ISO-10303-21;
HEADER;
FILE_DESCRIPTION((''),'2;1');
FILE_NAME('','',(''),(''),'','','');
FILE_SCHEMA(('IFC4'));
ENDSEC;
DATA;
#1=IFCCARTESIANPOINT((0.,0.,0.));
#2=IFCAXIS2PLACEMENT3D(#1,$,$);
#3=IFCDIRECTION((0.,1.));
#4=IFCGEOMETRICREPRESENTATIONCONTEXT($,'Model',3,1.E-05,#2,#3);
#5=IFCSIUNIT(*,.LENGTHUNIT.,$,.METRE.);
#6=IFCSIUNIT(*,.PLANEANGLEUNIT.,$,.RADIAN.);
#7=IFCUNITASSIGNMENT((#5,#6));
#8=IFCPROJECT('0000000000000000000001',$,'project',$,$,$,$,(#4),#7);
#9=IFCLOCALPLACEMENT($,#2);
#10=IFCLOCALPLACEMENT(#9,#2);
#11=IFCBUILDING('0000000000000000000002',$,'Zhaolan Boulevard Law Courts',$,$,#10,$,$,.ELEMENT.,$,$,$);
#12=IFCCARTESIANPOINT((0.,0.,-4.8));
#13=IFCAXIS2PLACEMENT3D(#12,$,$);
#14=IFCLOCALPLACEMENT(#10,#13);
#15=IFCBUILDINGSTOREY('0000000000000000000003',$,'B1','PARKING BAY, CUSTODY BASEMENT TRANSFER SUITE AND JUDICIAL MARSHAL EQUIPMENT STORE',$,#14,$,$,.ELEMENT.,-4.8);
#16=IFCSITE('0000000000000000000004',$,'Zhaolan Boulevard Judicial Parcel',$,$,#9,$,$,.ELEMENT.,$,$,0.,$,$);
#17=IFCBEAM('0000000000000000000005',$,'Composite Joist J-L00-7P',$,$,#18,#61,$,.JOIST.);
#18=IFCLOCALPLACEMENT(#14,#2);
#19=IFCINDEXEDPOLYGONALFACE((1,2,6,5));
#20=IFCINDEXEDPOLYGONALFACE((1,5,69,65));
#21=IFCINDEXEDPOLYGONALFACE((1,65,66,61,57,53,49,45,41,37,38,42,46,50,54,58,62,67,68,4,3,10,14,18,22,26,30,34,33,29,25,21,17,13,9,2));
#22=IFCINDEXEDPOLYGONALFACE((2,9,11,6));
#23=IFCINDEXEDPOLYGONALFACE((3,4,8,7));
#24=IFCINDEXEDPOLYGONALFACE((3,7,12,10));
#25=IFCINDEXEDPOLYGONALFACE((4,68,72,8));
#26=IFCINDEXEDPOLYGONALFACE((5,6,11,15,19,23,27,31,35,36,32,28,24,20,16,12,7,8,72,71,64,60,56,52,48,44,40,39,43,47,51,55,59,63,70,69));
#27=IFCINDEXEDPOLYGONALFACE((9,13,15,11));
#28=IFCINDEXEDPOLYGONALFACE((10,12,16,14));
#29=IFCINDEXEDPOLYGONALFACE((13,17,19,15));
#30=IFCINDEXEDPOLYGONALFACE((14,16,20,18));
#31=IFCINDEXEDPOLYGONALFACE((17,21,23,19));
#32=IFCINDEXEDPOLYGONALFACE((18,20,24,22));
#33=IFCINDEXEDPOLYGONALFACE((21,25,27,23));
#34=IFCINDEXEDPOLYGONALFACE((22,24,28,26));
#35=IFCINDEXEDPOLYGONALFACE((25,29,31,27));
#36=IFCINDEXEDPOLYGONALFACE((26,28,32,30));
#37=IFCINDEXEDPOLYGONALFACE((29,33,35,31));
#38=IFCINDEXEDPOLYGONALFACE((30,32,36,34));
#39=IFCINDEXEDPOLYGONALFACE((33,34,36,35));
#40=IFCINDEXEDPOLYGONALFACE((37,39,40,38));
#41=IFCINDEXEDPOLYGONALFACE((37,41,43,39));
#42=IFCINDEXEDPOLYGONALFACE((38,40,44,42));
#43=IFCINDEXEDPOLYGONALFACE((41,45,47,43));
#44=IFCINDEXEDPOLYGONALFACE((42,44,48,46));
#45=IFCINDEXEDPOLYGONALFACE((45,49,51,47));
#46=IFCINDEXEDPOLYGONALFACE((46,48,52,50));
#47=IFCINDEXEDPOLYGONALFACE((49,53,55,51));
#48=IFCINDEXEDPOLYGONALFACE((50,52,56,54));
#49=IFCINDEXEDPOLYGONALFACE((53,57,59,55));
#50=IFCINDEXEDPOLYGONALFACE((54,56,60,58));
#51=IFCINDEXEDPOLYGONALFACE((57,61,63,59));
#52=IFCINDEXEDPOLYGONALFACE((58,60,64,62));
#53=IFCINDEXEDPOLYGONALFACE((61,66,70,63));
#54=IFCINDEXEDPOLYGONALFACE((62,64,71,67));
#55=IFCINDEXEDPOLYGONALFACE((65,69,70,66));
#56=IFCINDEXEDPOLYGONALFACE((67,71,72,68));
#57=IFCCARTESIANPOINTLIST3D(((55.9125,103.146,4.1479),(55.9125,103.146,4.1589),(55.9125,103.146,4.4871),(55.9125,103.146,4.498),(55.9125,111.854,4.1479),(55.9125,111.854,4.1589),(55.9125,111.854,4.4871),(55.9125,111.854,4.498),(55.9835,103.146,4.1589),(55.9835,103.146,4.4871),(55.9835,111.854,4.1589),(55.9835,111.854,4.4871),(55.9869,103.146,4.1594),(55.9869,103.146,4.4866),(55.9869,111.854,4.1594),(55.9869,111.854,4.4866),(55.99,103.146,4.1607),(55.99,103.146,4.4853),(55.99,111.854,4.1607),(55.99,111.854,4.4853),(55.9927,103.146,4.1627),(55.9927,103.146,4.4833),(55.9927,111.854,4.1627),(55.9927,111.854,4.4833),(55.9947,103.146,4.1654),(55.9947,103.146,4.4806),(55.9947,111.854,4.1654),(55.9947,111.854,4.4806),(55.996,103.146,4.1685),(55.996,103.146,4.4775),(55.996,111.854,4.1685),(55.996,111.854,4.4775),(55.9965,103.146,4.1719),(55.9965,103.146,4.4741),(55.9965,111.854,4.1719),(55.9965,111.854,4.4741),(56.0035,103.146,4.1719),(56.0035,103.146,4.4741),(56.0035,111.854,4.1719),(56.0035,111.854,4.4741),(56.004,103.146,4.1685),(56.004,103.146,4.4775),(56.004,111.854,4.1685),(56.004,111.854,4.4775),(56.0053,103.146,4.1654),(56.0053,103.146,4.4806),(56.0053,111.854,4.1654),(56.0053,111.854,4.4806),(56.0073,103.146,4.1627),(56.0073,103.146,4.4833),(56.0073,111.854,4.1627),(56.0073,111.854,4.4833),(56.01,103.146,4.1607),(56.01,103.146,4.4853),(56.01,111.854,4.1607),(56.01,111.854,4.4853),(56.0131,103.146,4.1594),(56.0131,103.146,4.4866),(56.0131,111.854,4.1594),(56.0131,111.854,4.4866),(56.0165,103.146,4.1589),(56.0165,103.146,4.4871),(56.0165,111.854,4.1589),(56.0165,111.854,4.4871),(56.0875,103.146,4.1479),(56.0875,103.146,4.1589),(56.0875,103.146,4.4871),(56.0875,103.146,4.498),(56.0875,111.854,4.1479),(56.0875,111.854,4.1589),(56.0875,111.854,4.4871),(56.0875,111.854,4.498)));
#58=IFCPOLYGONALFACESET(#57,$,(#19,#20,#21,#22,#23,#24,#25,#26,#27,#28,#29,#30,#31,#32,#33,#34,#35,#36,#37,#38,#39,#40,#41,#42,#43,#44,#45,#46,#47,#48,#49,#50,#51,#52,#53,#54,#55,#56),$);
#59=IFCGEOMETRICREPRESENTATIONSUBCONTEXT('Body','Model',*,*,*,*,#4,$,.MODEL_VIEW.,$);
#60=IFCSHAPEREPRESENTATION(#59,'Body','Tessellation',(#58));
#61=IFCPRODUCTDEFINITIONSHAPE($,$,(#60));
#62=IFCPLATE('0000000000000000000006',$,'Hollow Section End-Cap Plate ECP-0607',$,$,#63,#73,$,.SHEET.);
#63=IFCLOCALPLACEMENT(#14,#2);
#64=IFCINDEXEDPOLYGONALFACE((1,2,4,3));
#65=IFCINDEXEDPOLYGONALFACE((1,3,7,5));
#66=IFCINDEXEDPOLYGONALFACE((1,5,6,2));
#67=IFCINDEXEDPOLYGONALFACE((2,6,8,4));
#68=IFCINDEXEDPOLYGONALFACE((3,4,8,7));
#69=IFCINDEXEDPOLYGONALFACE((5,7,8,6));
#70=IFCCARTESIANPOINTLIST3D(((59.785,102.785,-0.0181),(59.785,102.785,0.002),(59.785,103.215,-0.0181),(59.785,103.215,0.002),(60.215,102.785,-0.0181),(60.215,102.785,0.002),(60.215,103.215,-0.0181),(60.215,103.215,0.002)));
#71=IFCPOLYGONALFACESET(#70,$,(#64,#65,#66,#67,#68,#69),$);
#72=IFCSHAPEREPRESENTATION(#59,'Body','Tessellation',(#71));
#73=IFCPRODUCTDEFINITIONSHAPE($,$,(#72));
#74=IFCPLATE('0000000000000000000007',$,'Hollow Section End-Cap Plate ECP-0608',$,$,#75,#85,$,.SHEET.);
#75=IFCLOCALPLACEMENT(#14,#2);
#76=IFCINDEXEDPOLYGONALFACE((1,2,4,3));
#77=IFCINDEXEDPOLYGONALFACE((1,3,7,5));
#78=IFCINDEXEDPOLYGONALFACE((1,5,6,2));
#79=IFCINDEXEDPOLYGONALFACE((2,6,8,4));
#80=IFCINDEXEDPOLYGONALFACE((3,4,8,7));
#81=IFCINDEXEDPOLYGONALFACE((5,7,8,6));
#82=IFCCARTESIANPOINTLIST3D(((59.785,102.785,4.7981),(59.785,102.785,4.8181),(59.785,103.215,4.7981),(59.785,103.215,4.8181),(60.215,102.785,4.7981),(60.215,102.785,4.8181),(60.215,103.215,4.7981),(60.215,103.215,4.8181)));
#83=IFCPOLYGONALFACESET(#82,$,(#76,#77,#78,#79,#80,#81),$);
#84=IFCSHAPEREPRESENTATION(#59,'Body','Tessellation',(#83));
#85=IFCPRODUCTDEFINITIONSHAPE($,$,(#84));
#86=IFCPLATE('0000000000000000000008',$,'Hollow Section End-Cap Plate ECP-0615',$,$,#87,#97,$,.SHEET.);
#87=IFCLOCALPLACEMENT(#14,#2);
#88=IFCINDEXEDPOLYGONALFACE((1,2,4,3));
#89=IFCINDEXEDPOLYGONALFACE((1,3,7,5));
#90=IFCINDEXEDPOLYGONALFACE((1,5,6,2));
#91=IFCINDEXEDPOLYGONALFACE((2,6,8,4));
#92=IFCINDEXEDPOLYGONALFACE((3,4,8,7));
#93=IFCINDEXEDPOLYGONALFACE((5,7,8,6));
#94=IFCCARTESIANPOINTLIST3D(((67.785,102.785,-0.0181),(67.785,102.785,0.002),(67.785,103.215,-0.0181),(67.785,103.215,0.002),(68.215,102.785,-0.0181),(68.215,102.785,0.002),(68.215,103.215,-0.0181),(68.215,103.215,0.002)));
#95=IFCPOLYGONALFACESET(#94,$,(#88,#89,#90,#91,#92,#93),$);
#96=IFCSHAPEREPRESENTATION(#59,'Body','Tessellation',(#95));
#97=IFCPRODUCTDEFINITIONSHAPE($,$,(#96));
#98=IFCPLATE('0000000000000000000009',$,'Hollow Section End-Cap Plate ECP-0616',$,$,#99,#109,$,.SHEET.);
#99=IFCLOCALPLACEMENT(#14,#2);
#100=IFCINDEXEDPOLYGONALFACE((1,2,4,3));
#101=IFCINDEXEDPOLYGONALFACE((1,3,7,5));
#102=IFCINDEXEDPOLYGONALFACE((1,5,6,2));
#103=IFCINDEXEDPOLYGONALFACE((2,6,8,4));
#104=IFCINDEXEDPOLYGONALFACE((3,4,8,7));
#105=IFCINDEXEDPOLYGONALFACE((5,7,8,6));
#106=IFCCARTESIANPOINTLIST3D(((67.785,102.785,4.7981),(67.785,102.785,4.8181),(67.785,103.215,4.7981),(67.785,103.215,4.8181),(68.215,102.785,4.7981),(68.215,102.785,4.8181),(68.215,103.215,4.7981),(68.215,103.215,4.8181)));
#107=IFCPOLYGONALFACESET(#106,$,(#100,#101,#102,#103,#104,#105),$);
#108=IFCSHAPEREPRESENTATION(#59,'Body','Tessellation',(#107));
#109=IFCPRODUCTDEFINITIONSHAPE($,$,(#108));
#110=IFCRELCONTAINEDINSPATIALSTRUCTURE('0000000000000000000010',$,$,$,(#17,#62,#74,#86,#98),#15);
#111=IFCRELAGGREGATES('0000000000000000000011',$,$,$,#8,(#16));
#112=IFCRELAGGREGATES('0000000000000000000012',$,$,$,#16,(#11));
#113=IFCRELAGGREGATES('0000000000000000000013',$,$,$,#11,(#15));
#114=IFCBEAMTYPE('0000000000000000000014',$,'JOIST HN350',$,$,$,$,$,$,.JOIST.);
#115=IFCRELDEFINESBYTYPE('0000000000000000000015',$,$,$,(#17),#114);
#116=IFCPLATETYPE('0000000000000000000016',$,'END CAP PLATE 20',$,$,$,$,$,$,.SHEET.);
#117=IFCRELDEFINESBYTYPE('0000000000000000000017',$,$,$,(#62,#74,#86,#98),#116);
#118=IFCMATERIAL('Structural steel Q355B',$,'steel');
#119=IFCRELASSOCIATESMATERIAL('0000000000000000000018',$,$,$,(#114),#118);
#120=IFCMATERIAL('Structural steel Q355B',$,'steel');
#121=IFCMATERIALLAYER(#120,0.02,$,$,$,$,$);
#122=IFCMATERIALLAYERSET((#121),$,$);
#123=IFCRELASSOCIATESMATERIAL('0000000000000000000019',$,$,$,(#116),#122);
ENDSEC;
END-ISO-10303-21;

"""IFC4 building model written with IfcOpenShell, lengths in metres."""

from ifc_helpers import new_model, si_unit, direction, frame, origin, origin_2d, place, context, subcontext, project, spatial, rectangle, i_section, extrude, material, layer, layer_set, material_profile, profile_set, type_object, element, save


model = new_model("IFC4")

# Units and contexts
model_context = context("Model", 3, precision=1e-05, world=origin(), true_north=direction((0.0, 1.0)))
body_context = subcontext(model_context, "Body", "Model", "MODEL_VIEW")
ifc_project = project(units=[si_unit("LENGTHUNIT", "METRE"), si_unit("PLANEANGLEUNIT", "RADIAN")], contexts=[model_context])

# Site, building, storey
site_placement = place(None, origin())
site = spatial("IfcSite", under=ifc_project, at=site_placement, Name="Zhaolan Boulevard Judicial Parcel", CompositionType="ELEMENT", RefElevation=0.0)
building_placement = place(site_placement, origin())
building = spatial("IfcBuilding", under=site, at=building_placement, Name="Zhaolan Boulevard Law Courts", CompositionType="ELEMENT")
storey_placement = place(building_placement, frame((0.0, 0.0, -4.8)))
storey = spatial("IfcBuildingStorey", under=building, at=storey_placement, Name="B1", Description="PARKING BAY, CUSTODY BASEMENT TRANSFER SUITE AND JUDICIAL MARSHAL EQUIPMENT STORE", CompositionType="ELEMENT", Elevation=-4.8)

# Beam
ifc_material_1 = material(Name="Structural steel Q355B", Category="steel")
ifc_material_profile_1 = material_profile(ifc_material_1, i_section(OverallWidth=0.175, OverallDepth=0.3501, WebThickness=0.0071, FlangeThickness=0.011, FilletRadius=0.0129, at=origin_2d()), Name="HN350x175")
ifc_profile_set_1 = profile_set([ifc_material_profile_1], Name="Structural steel Q355B")
beam_type_1 = type_object("IfcBeamType", Name="JOIST HN350", PredefinedType="JOIST", material=ifc_profile_set_1)
beam_1_placement = place(storey_placement, frame((56.0, 103.146, 4.323), z_axis=(0.0, 1.0, 0.0), x_axis=(-1.0, 0.0, 0.0)))
element("IfcBeam", 1, at=beam_1_placement, inside=storey, type_object=beam_type_1, Name="Composite Joist J-L00-7P", PredefinedType="JOIST", context=body_context, shape_type="SweptSolid", body=[
    extrude(i_section(OverallWidth=0.175, OverallDepth=0.3501, WebThickness=0.0071, FlangeThickness=0.011, FilletRadius=0.0129, at=origin_2d()), origin(), (0.0, 0.0, 1.0), 8.708),
])

# Plates
ifc_material_2 = material(Name="Structural steel Q355B", Category="steel")
ifc_layer = layer(ifc_material_2, 0.02)
ifc_layer_set = layer_set([ifc_layer])
plate_type = type_object("IfcPlateType", Name="END CAP PLATE 20", PredefinedType="SHEET", material=ifc_layer_set)
for number, where, z_axis, x_axis, name in (
    (2, (60.0, 103.0, -0.0181), (0.0, 0.0, 1.0), (1.0, 0.0, 0.0), "Hollow Section End-Cap Plate ECP-0607"),
    (3, (60.0, 103.0, 4.7981), (0.0, 0.0, 1.0), (1.0, 0.0, 0.0), "Hollow Section End-Cap Plate ECP-0608"),
    (4, (68.0, 103.0, -0.0181), (0.0, 0.0, 1.0), (1.0, 0.0, 0.0), "Hollow Section End-Cap Plate ECP-0615"),
    (5, (68.0, 103.0, 4.7981), (0.0, 0.0, 1.0), (1.0, 0.0, 0.0), "Hollow Section End-Cap Plate ECP-0616"),
):
    element("IfcPlate", number, at=place(storey_placement, frame(where, z_axis=z_axis, x_axis=x_axis)), inside=storey, type_object=plate_type, Name=name, PredefinedType="SHEET", context=body_context, shape_type="SweptSolid", body=[
        extrude(rectangle(XDim=0.4299, YDim=0.4299, at=origin_2d()), origin(), (0.0, 0.0, 1.0), 0.02),
    ])

save(model, "model.ifc")
